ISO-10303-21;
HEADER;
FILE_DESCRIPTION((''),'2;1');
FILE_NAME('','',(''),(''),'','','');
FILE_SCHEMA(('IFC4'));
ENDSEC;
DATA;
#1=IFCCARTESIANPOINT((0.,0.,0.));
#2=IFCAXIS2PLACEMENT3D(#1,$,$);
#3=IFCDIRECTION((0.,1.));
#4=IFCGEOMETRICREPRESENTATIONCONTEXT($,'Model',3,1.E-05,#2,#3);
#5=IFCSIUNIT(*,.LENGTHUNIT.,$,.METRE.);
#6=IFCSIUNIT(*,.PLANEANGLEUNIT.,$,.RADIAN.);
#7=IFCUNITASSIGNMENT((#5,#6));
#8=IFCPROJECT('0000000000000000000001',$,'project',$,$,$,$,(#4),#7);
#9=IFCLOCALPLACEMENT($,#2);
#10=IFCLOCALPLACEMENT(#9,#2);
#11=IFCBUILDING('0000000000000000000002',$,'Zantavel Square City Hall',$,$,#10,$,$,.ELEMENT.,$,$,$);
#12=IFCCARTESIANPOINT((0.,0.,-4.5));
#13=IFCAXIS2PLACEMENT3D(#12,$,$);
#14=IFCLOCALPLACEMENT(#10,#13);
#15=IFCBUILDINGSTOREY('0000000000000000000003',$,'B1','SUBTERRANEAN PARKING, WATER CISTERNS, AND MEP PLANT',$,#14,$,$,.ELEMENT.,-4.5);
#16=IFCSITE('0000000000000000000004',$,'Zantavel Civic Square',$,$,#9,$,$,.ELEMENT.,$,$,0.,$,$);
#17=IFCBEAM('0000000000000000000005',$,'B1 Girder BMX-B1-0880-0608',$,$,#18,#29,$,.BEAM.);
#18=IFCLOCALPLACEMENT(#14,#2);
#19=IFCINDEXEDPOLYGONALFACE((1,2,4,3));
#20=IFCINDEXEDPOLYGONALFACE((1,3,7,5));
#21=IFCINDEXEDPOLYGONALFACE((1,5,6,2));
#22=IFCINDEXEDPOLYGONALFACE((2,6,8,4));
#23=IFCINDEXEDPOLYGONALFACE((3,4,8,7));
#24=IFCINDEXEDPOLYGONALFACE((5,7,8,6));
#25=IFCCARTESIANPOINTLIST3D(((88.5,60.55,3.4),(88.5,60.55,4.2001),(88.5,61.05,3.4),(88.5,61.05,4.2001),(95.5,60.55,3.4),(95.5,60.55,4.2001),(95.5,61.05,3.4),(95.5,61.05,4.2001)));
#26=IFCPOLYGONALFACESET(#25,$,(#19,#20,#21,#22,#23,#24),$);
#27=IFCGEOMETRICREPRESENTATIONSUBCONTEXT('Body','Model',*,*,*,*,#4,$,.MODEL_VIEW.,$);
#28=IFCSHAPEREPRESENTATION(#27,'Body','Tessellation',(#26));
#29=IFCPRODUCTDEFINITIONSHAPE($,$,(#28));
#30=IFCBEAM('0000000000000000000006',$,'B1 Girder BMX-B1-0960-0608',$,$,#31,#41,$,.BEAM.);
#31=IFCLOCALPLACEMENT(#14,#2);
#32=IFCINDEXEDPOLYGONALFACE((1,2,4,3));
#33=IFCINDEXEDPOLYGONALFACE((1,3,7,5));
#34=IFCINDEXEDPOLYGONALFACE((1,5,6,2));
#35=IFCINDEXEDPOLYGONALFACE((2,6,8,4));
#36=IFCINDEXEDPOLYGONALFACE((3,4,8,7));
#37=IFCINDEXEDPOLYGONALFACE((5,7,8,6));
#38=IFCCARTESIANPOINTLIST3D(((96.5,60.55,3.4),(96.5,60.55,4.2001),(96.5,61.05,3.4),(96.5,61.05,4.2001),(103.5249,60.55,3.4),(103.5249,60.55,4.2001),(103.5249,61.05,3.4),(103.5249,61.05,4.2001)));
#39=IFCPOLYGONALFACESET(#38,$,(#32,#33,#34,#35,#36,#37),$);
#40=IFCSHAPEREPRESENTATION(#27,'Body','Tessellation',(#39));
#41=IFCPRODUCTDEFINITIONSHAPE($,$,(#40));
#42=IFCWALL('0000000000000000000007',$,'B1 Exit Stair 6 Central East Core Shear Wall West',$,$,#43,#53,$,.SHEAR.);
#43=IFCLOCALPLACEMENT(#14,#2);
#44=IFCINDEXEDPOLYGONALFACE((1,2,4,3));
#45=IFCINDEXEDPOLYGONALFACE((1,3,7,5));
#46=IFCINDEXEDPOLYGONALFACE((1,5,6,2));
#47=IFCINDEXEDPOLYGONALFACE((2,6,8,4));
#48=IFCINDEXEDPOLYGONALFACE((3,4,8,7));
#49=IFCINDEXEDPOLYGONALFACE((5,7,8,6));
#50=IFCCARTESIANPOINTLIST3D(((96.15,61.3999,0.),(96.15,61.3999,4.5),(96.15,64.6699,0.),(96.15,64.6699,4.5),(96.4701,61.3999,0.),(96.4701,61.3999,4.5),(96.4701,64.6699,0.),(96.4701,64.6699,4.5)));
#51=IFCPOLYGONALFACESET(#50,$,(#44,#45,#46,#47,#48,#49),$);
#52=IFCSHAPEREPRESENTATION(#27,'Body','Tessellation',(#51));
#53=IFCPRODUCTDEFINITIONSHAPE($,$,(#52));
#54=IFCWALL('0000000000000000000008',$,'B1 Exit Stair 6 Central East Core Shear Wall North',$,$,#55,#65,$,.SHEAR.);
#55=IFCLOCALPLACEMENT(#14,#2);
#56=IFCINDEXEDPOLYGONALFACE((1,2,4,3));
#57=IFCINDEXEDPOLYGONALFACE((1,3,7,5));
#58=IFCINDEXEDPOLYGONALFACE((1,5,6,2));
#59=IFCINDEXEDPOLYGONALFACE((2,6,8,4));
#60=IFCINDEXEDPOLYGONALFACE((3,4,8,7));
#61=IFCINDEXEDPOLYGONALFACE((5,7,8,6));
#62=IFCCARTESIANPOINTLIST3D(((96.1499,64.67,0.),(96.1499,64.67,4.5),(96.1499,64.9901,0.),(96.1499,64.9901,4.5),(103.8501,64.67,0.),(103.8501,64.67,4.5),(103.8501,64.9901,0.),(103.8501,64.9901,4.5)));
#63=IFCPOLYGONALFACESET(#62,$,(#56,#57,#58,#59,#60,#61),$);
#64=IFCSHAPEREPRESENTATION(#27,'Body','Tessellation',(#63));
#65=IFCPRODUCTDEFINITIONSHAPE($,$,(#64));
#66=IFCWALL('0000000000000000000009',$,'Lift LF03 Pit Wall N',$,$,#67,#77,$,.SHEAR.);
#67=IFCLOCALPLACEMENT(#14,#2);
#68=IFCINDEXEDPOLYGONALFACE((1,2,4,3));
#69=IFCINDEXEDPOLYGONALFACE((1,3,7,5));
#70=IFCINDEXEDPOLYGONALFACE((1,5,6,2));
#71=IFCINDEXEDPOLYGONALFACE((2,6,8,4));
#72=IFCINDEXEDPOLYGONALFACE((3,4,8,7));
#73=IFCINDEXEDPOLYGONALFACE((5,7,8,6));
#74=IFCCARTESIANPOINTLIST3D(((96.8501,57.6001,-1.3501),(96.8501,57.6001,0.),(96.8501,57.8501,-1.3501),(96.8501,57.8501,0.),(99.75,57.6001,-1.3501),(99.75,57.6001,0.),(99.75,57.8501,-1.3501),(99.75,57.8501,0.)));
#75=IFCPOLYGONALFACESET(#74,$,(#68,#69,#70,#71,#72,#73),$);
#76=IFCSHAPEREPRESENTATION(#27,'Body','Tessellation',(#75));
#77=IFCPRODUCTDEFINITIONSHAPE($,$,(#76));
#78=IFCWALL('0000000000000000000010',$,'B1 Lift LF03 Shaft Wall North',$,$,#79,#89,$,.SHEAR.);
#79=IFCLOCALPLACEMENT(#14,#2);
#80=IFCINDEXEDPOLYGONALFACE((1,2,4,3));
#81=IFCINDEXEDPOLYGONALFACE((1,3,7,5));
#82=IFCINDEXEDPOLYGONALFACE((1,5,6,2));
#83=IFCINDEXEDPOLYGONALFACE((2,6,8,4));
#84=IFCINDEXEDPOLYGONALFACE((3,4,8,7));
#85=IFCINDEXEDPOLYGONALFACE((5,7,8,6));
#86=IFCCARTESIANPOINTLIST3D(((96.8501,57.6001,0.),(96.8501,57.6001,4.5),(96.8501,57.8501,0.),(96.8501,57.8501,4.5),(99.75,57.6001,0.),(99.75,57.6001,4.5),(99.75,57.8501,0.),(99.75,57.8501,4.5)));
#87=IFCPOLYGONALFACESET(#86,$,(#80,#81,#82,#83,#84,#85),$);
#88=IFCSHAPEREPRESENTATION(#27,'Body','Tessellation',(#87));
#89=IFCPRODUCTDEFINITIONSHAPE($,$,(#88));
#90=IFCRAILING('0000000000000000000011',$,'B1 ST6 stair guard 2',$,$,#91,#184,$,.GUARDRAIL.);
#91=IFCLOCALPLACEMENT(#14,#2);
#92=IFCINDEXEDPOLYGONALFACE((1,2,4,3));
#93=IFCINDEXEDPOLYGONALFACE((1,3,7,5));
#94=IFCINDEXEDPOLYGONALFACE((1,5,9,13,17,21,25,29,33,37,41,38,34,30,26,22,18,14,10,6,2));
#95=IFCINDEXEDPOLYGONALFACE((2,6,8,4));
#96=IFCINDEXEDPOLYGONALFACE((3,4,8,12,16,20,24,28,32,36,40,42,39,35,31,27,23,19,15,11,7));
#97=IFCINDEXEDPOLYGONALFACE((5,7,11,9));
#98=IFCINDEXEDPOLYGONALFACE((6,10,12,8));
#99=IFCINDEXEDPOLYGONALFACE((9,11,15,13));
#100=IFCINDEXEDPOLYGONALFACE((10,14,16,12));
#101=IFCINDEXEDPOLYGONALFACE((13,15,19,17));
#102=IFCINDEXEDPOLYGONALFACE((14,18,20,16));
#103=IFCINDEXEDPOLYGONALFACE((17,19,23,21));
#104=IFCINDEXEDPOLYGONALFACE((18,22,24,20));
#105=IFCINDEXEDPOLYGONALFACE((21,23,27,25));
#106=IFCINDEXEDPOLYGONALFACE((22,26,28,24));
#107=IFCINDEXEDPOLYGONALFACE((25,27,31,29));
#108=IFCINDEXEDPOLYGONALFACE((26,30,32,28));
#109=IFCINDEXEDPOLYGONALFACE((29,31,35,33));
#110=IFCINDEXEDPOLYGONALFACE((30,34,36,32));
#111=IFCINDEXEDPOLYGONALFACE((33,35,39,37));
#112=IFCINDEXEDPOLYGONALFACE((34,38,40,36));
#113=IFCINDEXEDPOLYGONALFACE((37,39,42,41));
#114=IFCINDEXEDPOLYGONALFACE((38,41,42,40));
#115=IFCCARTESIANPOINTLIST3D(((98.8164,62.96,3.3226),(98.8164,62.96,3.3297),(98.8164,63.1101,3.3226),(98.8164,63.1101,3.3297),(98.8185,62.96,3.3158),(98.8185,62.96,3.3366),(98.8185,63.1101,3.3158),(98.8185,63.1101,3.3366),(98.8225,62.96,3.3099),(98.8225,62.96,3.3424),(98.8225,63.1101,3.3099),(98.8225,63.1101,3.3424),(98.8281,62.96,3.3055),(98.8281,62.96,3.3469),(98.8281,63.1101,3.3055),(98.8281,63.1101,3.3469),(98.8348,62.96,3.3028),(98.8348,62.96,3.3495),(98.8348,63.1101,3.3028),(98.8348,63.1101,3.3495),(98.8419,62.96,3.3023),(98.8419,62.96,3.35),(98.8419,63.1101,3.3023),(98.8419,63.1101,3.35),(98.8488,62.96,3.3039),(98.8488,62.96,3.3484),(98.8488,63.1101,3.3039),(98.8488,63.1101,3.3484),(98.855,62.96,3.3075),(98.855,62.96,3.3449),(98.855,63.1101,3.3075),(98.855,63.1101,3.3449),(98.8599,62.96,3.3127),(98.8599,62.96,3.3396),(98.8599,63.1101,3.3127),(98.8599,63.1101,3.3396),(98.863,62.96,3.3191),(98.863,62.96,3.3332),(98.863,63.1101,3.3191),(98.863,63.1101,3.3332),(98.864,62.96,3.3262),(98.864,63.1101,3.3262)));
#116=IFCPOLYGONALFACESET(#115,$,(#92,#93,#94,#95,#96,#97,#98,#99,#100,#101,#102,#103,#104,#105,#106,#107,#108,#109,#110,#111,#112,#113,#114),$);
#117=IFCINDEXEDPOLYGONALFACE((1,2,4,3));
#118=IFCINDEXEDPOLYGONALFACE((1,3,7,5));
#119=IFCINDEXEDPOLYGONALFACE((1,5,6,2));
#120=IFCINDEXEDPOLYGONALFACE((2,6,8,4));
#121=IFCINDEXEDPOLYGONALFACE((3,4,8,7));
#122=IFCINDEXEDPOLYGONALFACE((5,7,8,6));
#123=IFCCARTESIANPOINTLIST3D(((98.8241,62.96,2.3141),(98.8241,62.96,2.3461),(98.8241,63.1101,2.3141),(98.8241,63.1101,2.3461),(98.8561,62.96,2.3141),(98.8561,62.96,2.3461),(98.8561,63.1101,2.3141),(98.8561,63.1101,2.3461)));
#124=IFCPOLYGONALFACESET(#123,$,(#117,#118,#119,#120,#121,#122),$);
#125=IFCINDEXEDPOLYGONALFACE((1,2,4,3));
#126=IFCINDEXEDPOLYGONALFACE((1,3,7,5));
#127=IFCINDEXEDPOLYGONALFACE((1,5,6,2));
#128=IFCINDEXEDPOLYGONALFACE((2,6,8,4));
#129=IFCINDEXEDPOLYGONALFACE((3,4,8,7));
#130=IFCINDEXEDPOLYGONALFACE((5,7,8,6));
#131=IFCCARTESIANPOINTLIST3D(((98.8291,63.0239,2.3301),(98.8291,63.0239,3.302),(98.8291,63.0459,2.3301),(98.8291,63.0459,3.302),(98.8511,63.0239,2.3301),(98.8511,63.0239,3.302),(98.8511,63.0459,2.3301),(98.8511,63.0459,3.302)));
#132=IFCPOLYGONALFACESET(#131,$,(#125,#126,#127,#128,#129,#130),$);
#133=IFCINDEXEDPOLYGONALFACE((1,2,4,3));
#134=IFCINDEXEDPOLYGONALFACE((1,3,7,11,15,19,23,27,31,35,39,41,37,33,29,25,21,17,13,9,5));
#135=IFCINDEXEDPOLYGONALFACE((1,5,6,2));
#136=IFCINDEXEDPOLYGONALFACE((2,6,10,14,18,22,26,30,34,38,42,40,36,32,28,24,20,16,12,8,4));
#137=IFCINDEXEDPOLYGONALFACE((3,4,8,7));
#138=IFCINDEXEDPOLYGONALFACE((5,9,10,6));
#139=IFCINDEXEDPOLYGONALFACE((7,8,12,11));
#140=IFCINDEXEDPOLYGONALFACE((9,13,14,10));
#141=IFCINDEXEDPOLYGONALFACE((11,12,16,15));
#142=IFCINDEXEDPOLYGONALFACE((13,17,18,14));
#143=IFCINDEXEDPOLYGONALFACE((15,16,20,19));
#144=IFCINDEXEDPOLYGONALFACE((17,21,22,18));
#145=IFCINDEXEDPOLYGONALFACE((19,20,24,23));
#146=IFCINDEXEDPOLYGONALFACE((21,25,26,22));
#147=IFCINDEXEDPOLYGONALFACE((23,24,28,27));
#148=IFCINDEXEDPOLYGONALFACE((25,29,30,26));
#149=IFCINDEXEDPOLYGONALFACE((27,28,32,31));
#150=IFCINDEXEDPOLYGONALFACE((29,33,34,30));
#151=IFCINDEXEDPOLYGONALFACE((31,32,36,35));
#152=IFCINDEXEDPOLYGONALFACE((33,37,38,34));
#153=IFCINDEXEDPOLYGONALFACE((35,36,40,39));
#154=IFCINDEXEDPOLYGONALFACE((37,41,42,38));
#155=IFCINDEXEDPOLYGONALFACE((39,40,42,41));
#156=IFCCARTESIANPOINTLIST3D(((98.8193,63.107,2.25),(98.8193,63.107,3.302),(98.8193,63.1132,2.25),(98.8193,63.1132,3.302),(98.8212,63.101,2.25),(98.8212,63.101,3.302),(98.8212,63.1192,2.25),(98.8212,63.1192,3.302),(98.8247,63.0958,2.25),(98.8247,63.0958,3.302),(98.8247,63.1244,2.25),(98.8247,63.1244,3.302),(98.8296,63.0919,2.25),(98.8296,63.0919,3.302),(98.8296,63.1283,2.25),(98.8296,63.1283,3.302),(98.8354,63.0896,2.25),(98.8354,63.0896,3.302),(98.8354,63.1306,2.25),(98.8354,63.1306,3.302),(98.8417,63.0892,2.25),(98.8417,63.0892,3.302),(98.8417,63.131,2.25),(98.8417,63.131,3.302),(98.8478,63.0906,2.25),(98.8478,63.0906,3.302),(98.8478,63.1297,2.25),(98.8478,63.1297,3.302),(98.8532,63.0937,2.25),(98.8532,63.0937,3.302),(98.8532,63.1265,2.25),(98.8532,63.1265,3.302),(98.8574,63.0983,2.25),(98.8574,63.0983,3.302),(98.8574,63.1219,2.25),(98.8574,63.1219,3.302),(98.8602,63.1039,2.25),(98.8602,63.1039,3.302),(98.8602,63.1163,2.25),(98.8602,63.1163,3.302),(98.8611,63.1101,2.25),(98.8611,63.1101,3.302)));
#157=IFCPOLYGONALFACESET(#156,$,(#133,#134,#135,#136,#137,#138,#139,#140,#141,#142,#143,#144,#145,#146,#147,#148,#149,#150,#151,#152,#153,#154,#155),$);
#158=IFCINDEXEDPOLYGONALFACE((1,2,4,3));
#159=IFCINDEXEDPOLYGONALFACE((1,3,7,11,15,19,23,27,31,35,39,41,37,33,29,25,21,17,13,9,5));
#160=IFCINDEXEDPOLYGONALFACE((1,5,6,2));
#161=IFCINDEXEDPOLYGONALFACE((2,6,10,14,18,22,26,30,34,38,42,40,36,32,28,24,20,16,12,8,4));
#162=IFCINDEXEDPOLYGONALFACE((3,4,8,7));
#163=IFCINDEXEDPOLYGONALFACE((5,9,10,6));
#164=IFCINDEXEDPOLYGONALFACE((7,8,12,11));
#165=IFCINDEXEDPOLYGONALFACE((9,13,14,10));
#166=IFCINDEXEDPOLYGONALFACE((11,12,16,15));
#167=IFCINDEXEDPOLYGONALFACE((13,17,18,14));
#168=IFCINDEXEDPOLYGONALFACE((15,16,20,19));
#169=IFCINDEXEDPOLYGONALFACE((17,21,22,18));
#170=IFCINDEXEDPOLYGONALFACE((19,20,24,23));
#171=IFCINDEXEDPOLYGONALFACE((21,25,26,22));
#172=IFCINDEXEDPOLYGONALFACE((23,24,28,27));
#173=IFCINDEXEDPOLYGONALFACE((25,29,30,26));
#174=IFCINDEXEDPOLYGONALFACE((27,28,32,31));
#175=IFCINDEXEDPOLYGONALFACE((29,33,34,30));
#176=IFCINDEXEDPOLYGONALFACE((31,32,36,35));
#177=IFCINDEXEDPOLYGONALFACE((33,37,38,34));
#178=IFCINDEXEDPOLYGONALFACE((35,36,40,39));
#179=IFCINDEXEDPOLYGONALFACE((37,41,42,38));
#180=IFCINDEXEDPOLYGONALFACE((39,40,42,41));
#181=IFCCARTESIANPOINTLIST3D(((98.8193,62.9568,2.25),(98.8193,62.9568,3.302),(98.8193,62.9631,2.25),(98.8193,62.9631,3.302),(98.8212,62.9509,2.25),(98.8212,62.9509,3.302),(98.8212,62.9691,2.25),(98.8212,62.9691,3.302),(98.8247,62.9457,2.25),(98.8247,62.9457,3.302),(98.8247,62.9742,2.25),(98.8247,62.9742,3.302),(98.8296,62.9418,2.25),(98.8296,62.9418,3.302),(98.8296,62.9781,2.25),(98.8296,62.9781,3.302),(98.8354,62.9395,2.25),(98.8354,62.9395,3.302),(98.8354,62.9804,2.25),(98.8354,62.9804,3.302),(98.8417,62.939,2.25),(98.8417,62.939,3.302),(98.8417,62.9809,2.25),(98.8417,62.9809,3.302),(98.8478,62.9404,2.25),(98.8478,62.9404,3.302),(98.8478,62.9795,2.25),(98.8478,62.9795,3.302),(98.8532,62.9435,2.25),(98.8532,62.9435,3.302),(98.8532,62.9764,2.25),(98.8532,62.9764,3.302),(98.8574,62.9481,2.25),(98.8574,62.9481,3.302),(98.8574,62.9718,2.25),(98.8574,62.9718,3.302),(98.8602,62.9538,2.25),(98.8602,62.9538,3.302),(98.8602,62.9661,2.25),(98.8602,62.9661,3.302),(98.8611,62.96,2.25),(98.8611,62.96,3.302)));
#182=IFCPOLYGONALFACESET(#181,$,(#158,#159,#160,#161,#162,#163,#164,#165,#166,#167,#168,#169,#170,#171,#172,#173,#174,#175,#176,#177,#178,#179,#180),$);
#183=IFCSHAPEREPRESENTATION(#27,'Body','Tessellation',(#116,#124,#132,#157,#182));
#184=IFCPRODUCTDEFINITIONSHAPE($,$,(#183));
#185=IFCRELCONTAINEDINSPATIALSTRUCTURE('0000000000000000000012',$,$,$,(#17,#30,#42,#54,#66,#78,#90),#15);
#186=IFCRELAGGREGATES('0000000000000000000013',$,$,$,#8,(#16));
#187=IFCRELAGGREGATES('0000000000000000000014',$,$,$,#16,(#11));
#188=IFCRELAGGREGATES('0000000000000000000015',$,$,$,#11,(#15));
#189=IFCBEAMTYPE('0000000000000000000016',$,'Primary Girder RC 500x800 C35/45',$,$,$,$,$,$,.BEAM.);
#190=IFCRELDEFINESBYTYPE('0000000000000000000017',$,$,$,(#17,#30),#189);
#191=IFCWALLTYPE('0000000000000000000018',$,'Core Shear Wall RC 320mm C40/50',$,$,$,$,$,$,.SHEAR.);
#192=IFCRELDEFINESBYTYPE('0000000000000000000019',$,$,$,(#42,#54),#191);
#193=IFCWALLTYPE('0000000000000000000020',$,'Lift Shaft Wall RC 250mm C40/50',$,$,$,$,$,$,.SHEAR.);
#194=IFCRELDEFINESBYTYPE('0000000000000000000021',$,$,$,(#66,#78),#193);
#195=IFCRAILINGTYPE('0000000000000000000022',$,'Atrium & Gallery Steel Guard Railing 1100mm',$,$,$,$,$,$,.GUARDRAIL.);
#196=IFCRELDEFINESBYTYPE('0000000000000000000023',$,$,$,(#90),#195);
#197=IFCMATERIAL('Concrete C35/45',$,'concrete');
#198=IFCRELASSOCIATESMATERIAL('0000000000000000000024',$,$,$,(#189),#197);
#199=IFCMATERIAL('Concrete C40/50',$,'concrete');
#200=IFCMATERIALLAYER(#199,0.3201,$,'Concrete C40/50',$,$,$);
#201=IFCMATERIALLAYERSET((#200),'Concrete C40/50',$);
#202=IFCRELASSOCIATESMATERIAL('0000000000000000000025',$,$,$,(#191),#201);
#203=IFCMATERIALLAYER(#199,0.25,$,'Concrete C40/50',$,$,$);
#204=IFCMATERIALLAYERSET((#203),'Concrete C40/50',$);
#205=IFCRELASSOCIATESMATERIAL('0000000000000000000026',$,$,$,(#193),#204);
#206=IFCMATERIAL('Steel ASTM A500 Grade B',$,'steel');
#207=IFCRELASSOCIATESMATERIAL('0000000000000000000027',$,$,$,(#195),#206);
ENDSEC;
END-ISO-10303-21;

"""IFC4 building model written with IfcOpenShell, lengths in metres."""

from ifc_helpers import new_model, si_unit, direction, frame, frame_2d, origin, origin_2d, place, context, subcontext, project, spatial, rectangle, circle, extrude, material, layer, layer_set, material_profile, profile_set, type_object, element, save


model = new_model("IFC4")

# Units and contexts
model_context = context("Model", 3, precision=1e-05, world=origin(), true_north=direction((0.0, 1.0)))
body_context = subcontext(model_context, "Body", "Model", "MODEL_VIEW")
ifc_project = project(units=[si_unit("LENGTHUNIT", "METRE"), si_unit("PLANEANGLEUNIT", "RADIAN")], contexts=[model_context])

# Site, building, storey
site_placement = place(None, origin())
site = spatial("IfcSite", under=ifc_project, at=site_placement, Name="Zantavel Civic Square", CompositionType="ELEMENT", RefElevation=0.0)
building_placement = place(site_placement, origin())
building = spatial("IfcBuilding", under=site, at=building_placement, Name="Zantavel Square City Hall", CompositionType="ELEMENT")
storey_placement = place(building_placement, frame((0.0, 0.0, -4.5)))
storey = spatial("IfcBuildingStorey", under=building, at=storey_placement, Name="B1", Description="SUBTERRANEAN PARKING, WATER CISTERNS, AND MEP PLANT", CompositionType="ELEMENT", Elevation=-4.5)

# Shared definitions
ifc_material_1 = material(Name="Concrete C35/45", Category="concrete")

# Shared definitions
ifc_material_2 = material(Name="Concrete C40/50", Category="concrete")

# Beams
ifc_material_profile_1 = material_profile(ifc_material_1, rectangle(XDim=0.5, YDim=0.8, at=origin_2d()), Name="RC 500x800")
ifc_profile_set_1 = profile_set([ifc_material_profile_1], Name="Concrete C35/45")
beam_type_1 = type_object("IfcBeamType", Name="Primary Girder RC 500x800 C35/45", PredefinedType="BEAM", material=ifc_profile_set_1)
beam_1_placement = place(storey_placement, frame((88.5, 60.8, 3.8), z_axis=(1.0, 0.0, 0.0), x_axis=(0.0, 1.0, 0.0)))
element("IfcBeam", 1, at=beam_1_placement, inside=storey, type_object=beam_type_1, Name="B1 Girder BMX-B1-0880-0608", PredefinedType="BEAM", context=body_context, shape_type="SweptSolid", body=[
    extrude(rectangle(XDim=0.5, YDim=0.8, at=origin_2d()), origin(), (0.0, 0.0, 1.0), 7.0),
])
beam_2_placement = place(storey_placement, frame((96.5, 60.8, 3.8), z_axis=(1.0, 0.0, 0.0), x_axis=(0.0, 1.0, 0.0)))
element("IfcBeam", 2, at=beam_2_placement, inside=storey, type_object=beam_type_1, Name="B1 Girder BMX-B1-0960-0608", PredefinedType="BEAM", context=body_context, shape_type="SweptSolid", body=[
    extrude(rectangle(XDim=0.5, YDim=0.8, at=origin_2d()), origin(), (0.0, 0.0, 1.0), 7.0249),
])

# Walls
ifc_layer_1 = layer(ifc_material_2, 0.3201, Name="Concrete C40/50")
ifc_layer_set_1 = layer_set([ifc_layer_1], Name="Concrete C40/50")
wall_type_1 = type_object("IfcWallType", Name="Core Shear Wall RC 320mm C40/50", PredefinedType="SHEAR", material=ifc_layer_set_1)
wall_1_placement = place(storey_placement, frame((96.3101, 61.3999, 0.0), z_axis=(0.0, 0.0, 1.0), x_axis=(0.0, 1.0, 0.0)))
element("IfcWall", 3, at=wall_1_placement, inside=storey, type_object=wall_type_1, Name="B1 Exit Stair 6 Central East Core Shear Wall West", PredefinedType="SHEAR", context=body_context, shape_type="SweptSolid", body=[
    extrude(rectangle(XDim=3.27, YDim=0.3201, at=frame_2d((1.635, 0.0))), origin(), (0.0, 0.0, 1.0), 4.5),
])
wall_2_placement = place(storey_placement, frame((96.1499, 64.8301, 0.0), z_axis=(0.0, 0.0, 1.0), x_axis=(1.0, 0.0, 0.0)))
element("IfcWall", 4, at=wall_2_placement, inside=storey, type_object=wall_type_1, Name="B1 Exit Stair 6 Central East Core Shear Wall North", PredefinedType="SHEAR", context=body_context, shape_type="SweptSolid", body=[
    extrude(rectangle(XDim=7.7002, YDim=0.3201, at=frame_2d((3.8501, 0.0))), origin(), (0.0, 0.0, 1.0), 4.5),
])
ifc_layer_2 = layer(ifc_material_2, 0.25, Name="Concrete C40/50")
ifc_layer_set_2 = layer_set([ifc_layer_2], Name="Concrete C40/50")
wall_type_2 = type_object("IfcWallType", Name="Lift Shaft Wall RC 250mm C40/50", PredefinedType="SHEAR", material=ifc_layer_set_2)
wall_3_placement = place(storey_placement, frame((96.8501, 57.7251, -1.3501), z_axis=(0.0, 0.0, 1.0), x_axis=(1.0, 0.0, 0.0)))
element("IfcWall", 5, at=wall_3_placement, inside=storey, type_object=wall_type_2, Name="Lift LF03 Pit Wall N", PredefinedType="SHEAR", context=body_context, shape_type="SweptSolid", body=[
    extrude(rectangle(XDim=2.8999, YDim=0.25, at=frame_2d((1.45, 0.0))), origin(), (0.0, 0.0, 1.0), 1.3501),
])
wall_4_placement = place(storey_placement, frame((96.8501, 57.7251, 0.0), z_axis=(0.0, 0.0, 1.0), x_axis=(1.0, 0.0, 0.0)))
element("IfcWall", 6, at=wall_4_placement, inside=storey, type_object=wall_type_2, Name="B1 Lift LF03 Shaft Wall North", PredefinedType="SHEAR", context=body_context, shape_type="SweptSolid", body=[
    extrude(rectangle(XDim=2.8999, YDim=0.25, at=frame_2d((1.45, 0.0))), origin(), (0.0, 0.0, 1.0), 4.5),
])

# Railing
ifc_material_3 = material(Name="Steel ASTM A500 Grade B", Category="steel")
railing_type_1 = type_object("IfcRailingType", Name="Atrium & Gallery Steel Guard Railing 1100mm", PredefinedType="GUARDRAIL", material=ifc_material_3)
railing_1_placement = place(storey_placement, frame((98.8401, 63.1101, 2.25)))
element("IfcRailing", 7, at=railing_1_placement, inside=storey, type_object=railing_type_1, Name="B1 ST6 stair guard 2", PredefinedType="GUARDRAIL", context=body_context, shape_type="SweptSolid", body=[
    extrude(circle(Radius=0.0239, at=origin_2d()), frame((0.0, 0.0, 1.0762), z_axis=(0.0, -1.0, 0.0), x_axis=(1.0, 0.0, 0.0)), (0.0, 0.0, 1.0), 0.1501),
    extrude(rectangle(XDim=0.032, YDim=0.032, at=origin_2d()), frame((0.0, 0.0, 0.0801), z_axis=(0.0, -1.0, 0.0), x_axis=(1.0, 0.0, 0.0)), (0.0, 0.0, 1.0), 0.1501),
    extrude(rectangle(XDim=0.022, YDim=0.022, at=origin_2d()), frame((0.0, -0.0752, 0.0801)), (0.0, 0.0, 1.0), 0.9719),
    extrude(circle(Radius=0.021, at=origin_2d()), origin(), (0.0, 0.0, 1.0), 1.052),
    extrude(circle(Radius=0.021, at=origin_2d()), frame((0.0, -0.1501, 0.0)), (0.0, 0.0, 1.0), 1.052),
])

save(model, "model.ifc")
